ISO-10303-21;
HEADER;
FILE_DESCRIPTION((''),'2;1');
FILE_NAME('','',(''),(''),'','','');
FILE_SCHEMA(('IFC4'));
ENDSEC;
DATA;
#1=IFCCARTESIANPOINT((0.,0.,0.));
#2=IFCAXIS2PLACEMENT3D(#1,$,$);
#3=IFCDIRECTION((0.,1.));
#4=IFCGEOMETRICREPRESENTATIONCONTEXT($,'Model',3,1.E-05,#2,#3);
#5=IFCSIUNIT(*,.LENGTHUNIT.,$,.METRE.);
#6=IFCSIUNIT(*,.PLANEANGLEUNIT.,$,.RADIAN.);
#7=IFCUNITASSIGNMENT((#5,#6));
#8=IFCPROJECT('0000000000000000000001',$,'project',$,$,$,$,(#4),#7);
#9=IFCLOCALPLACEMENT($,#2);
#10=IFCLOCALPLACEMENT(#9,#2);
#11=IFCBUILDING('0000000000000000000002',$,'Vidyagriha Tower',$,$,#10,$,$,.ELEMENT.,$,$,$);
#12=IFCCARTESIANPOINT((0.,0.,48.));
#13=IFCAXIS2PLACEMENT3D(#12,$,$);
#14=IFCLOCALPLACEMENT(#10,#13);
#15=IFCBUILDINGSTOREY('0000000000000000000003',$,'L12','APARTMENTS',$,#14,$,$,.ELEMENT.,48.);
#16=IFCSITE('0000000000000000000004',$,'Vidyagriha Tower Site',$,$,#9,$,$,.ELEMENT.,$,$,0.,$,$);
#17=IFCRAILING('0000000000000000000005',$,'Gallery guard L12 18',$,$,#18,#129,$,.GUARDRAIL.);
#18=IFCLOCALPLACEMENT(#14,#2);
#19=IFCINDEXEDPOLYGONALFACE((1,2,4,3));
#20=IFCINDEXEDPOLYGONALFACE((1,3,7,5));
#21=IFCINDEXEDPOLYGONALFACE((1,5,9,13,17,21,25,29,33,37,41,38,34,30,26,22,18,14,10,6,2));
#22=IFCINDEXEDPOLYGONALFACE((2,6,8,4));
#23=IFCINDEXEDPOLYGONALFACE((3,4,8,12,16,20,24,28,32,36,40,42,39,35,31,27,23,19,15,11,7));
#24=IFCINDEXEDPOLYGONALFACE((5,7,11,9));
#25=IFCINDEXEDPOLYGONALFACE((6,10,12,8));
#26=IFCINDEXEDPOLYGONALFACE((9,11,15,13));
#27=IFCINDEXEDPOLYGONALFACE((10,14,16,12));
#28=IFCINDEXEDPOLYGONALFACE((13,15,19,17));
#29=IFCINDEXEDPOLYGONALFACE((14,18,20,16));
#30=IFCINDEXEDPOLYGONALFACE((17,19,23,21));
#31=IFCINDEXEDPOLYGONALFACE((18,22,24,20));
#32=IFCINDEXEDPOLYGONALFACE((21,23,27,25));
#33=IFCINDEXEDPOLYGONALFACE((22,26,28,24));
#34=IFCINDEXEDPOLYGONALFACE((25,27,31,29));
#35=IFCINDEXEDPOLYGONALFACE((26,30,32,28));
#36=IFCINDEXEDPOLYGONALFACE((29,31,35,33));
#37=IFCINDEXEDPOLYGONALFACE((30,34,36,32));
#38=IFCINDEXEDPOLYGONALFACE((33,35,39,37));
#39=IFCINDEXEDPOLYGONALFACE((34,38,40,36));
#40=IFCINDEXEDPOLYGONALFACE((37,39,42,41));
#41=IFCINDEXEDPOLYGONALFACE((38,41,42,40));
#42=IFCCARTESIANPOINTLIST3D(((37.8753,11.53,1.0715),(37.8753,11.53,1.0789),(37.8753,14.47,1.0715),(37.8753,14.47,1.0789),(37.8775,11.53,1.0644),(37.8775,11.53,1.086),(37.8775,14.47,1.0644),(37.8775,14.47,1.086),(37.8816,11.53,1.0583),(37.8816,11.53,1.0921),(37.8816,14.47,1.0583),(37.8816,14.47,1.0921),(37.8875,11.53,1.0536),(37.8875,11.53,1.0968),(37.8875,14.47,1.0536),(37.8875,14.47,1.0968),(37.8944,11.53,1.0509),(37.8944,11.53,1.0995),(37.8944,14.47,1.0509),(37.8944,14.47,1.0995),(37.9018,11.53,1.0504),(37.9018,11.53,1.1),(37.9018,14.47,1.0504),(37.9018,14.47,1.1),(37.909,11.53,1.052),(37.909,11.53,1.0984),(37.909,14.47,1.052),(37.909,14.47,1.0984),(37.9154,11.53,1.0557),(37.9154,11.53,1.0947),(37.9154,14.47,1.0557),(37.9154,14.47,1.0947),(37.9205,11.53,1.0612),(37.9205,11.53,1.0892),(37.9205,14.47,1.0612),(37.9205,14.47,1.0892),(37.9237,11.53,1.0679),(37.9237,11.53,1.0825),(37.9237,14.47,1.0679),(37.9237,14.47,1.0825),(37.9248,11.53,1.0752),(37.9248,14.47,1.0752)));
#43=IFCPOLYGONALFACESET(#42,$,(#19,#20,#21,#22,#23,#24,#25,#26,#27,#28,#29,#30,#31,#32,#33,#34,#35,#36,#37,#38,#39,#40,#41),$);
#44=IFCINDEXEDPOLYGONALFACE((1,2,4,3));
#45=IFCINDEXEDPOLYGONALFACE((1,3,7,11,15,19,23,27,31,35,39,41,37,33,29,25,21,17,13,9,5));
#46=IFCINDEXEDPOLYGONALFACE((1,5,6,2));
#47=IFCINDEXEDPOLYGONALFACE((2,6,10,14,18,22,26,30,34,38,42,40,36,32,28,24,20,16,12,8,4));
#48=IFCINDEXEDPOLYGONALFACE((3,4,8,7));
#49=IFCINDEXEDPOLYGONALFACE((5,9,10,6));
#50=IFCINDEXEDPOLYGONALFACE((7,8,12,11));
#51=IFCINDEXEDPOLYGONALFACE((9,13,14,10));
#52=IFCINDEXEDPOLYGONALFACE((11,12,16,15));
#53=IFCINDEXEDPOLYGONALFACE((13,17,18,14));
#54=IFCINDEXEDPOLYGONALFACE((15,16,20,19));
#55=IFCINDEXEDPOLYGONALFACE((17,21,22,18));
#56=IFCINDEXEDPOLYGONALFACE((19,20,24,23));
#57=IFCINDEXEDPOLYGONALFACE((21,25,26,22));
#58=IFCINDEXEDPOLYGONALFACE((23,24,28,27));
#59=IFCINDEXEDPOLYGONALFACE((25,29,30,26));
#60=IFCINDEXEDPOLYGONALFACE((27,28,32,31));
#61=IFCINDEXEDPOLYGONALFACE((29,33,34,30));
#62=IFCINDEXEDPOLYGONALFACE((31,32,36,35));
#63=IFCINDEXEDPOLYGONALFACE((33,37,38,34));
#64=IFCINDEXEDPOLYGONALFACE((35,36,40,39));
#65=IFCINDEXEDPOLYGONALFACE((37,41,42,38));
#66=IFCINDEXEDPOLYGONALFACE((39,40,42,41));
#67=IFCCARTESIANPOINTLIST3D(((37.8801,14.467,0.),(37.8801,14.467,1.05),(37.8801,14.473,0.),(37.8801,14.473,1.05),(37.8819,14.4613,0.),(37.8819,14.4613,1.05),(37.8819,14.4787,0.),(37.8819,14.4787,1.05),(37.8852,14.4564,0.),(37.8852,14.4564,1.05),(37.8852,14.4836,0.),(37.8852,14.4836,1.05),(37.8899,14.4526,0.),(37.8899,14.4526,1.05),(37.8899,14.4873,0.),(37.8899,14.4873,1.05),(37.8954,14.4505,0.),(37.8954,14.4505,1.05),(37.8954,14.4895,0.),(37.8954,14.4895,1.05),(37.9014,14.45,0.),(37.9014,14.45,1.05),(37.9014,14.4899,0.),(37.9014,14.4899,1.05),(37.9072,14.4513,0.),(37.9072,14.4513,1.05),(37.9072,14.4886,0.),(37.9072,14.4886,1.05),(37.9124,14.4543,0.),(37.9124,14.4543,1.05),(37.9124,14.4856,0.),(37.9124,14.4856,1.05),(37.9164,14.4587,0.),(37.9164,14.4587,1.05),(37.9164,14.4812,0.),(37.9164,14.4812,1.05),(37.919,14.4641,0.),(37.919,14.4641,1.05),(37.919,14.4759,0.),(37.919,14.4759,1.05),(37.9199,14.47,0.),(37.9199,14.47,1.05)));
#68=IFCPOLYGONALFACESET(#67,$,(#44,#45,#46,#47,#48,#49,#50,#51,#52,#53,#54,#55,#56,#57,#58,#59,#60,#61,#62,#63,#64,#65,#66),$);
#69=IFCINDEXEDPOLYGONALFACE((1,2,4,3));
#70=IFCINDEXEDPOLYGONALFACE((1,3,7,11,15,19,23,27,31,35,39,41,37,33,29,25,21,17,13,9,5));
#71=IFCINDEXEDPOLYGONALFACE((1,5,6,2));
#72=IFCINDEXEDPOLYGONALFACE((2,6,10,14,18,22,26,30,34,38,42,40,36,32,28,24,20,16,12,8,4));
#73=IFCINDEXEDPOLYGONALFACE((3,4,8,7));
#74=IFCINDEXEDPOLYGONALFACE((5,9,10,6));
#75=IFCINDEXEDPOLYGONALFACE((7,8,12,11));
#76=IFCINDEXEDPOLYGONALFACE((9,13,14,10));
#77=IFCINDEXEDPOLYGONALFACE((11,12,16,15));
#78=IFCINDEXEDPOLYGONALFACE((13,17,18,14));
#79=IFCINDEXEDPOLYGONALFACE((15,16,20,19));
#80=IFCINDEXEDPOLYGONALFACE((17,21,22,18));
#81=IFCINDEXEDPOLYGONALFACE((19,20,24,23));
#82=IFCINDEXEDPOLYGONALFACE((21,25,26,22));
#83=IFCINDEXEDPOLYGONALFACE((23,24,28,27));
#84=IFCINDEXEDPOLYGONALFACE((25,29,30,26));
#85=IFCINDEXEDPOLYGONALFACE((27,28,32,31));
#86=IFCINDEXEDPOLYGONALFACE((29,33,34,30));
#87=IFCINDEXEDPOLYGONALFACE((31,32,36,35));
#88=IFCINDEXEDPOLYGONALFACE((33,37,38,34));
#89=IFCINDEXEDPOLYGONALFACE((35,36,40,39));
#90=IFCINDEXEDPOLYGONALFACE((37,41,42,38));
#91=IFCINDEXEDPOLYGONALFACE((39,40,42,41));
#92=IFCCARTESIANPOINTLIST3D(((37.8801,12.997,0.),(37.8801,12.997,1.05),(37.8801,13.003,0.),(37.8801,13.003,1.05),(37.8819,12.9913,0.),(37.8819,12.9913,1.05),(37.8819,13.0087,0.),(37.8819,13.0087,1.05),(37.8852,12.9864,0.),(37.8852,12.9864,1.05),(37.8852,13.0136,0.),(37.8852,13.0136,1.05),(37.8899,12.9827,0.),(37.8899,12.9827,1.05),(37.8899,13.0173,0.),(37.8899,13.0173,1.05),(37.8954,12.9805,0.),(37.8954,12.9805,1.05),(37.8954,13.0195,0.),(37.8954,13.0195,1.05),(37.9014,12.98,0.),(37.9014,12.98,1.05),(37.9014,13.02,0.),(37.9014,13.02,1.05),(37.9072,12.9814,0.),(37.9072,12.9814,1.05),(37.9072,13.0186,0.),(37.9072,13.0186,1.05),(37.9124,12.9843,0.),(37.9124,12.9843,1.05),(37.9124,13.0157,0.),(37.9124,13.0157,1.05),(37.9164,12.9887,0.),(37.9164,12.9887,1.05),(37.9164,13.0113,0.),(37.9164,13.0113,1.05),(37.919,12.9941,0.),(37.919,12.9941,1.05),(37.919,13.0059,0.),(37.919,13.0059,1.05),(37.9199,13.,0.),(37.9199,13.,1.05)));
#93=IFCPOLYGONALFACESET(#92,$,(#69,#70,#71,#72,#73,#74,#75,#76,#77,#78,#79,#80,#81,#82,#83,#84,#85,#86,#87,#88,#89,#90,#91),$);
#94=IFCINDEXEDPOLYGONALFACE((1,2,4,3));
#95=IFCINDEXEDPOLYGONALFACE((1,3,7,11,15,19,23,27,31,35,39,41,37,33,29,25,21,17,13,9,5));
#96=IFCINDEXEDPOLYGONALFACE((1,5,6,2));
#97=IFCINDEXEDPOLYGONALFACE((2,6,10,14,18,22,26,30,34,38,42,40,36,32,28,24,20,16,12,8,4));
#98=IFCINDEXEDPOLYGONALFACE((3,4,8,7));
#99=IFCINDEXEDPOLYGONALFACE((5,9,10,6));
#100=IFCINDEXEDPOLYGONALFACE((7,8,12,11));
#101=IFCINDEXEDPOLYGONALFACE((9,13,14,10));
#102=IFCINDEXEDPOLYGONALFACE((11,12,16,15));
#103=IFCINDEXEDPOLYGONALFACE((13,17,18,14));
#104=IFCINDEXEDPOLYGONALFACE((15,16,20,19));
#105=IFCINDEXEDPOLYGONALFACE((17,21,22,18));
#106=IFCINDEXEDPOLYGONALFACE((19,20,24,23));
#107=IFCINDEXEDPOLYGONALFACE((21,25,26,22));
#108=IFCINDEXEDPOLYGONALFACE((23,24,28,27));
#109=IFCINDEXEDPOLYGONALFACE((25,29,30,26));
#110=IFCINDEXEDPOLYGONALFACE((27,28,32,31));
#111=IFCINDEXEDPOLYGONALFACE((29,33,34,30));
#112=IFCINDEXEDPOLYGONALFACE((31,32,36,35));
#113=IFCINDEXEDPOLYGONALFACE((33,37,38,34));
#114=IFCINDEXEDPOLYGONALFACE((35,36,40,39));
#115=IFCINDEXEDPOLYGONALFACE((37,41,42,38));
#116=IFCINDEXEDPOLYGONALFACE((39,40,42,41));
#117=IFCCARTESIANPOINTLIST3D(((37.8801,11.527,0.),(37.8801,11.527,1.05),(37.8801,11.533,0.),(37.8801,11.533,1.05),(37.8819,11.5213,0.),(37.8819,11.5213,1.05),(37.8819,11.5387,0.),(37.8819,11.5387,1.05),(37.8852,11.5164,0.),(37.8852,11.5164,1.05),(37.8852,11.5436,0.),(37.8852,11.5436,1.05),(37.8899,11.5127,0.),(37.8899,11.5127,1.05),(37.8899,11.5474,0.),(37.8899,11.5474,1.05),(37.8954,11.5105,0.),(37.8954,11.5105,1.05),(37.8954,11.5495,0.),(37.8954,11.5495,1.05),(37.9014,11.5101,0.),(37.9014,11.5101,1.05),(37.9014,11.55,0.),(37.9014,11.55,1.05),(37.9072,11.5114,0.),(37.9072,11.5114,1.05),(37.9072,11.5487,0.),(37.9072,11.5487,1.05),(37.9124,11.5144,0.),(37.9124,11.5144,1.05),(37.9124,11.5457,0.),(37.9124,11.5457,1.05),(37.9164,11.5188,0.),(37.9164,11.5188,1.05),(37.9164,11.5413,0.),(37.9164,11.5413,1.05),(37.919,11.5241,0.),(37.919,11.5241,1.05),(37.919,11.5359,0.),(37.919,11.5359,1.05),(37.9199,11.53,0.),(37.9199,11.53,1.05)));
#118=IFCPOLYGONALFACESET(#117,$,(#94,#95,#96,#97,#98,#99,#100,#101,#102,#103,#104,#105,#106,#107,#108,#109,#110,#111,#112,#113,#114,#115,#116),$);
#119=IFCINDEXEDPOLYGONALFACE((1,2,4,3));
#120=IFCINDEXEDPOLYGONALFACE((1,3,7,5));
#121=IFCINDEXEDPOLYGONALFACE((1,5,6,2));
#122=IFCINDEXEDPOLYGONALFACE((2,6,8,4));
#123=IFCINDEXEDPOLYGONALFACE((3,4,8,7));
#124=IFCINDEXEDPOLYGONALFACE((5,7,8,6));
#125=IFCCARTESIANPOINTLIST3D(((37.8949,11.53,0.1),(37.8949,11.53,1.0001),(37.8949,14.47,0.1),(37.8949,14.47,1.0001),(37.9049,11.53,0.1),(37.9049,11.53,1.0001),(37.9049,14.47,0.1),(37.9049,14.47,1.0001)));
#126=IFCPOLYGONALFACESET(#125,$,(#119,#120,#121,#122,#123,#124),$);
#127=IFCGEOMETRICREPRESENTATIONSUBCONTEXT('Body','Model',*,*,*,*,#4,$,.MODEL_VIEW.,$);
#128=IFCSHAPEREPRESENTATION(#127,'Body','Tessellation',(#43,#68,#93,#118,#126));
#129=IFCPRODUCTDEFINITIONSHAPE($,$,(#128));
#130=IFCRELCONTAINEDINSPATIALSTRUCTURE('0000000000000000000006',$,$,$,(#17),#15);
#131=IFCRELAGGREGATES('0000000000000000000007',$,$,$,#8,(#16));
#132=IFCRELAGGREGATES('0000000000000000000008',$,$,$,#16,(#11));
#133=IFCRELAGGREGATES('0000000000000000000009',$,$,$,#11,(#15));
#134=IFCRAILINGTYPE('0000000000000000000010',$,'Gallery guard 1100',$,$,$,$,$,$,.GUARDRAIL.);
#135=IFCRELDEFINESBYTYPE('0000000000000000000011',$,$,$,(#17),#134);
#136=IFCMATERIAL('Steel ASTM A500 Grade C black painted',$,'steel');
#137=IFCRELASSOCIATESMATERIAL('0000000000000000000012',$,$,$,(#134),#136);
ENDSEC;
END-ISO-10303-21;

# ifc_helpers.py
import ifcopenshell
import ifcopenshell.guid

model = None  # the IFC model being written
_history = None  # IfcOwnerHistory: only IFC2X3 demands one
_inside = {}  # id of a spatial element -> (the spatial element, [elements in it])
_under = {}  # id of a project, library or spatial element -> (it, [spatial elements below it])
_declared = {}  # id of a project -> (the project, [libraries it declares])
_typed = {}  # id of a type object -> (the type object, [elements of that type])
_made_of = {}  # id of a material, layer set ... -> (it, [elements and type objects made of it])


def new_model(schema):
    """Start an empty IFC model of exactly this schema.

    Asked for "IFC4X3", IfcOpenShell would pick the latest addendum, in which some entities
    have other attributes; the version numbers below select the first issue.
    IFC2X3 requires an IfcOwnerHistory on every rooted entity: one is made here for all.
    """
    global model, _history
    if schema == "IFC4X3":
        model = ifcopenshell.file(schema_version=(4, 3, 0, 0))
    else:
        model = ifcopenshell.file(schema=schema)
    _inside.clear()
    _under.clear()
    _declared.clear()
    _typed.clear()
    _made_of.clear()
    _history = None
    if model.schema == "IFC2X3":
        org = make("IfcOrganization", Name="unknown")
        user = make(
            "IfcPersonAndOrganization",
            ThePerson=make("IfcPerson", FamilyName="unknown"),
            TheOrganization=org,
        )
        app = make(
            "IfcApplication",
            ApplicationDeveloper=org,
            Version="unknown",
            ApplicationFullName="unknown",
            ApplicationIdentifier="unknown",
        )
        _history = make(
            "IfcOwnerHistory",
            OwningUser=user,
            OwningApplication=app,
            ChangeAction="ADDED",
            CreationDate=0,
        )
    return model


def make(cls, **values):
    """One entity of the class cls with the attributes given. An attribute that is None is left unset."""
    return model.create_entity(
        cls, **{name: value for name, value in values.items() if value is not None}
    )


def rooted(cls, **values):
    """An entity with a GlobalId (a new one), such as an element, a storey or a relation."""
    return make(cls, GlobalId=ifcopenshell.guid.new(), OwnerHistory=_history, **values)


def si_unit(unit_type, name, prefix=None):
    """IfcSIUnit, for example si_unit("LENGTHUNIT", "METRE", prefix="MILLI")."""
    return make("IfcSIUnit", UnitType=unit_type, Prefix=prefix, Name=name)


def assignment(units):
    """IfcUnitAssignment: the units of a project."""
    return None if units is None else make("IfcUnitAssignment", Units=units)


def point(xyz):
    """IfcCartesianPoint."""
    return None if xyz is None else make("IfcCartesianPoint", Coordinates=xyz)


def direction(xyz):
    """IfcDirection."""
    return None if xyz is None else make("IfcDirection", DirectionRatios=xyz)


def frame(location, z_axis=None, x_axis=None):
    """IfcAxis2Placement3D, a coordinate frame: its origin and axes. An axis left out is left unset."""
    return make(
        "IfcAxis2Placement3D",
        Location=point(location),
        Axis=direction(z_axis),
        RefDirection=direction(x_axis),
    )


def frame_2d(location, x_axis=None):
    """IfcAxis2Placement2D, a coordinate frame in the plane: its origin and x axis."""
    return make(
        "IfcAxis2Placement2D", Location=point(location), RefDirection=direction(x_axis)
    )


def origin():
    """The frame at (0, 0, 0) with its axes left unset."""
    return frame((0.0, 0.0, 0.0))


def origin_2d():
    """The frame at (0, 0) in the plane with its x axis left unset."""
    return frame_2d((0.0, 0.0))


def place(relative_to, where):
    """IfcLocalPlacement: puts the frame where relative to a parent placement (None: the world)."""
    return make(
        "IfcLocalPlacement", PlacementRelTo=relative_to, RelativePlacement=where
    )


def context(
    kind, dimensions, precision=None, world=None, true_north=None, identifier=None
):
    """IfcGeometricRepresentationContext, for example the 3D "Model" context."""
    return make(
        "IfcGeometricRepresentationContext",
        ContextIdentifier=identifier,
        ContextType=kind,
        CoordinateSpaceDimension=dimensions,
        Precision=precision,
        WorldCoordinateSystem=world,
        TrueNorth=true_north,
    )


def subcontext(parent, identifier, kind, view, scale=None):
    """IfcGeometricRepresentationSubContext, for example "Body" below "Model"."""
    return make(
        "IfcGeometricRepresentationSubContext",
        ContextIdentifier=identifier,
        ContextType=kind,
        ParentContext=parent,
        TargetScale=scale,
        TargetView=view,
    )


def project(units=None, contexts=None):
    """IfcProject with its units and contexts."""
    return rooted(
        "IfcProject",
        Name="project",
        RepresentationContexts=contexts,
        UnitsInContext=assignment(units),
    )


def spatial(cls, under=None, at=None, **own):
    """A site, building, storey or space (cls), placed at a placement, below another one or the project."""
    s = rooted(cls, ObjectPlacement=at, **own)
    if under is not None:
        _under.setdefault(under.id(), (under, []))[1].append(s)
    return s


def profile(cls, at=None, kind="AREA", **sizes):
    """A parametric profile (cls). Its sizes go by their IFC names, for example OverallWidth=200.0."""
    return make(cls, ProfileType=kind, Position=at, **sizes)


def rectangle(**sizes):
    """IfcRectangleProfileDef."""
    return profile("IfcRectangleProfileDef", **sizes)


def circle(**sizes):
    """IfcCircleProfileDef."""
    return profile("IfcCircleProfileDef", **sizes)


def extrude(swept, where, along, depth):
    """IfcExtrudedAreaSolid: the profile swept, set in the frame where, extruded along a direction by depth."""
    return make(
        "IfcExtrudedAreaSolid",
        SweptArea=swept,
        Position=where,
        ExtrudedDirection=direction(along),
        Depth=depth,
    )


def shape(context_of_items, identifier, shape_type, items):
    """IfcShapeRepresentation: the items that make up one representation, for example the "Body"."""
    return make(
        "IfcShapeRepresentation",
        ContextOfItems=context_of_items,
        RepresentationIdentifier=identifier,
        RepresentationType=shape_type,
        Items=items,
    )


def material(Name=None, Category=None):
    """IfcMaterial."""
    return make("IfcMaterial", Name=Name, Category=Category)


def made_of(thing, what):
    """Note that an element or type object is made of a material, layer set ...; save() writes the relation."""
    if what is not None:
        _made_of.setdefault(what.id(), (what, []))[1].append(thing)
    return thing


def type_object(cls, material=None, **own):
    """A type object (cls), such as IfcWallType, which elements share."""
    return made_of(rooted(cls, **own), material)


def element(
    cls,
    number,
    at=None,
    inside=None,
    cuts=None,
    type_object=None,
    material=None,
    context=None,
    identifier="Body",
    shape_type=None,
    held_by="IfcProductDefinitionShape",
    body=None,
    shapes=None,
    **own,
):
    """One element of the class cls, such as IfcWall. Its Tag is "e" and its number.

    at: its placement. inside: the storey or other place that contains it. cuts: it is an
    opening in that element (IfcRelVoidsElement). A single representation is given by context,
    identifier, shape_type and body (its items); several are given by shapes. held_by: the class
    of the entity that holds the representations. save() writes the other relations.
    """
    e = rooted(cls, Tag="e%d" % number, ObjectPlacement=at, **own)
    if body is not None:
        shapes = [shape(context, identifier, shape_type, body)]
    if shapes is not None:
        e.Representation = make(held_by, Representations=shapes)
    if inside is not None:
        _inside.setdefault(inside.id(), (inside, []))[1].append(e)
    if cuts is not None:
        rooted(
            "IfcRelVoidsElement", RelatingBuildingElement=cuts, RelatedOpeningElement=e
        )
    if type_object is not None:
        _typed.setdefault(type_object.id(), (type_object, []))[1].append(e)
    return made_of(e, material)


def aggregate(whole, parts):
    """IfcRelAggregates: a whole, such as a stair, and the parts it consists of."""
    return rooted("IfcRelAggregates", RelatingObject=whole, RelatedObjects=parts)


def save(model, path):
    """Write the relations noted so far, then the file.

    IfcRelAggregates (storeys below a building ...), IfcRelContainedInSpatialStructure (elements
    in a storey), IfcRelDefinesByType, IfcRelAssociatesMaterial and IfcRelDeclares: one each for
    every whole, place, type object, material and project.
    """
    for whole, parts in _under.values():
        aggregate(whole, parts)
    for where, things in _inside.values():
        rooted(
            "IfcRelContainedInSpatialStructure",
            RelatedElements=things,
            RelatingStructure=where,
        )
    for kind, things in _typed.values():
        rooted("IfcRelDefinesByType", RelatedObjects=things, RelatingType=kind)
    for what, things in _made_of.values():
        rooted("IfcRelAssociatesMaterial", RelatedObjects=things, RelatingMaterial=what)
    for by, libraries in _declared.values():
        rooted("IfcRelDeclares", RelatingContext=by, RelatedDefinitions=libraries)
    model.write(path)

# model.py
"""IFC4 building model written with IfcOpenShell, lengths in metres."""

from ifc_helpers import new_model, si_unit, direction, frame, origin, origin_2d, place, context, subcontext, project, spatial, rectangle, circle, extrude, material, type_object, element, save


model = new_model("IFC4")

# Units and contexts
model_context = context("Model", 3, precision=1e-05, world=origin(), true_north=direction((0.0, 1.0)))
body_context = subcontext(model_context, "Body", "Model", "MODEL_VIEW")
ifc_project = project(units=[si_unit("LENGTHUNIT", "METRE"), si_unit("PLANEANGLEUNIT", "RADIAN")], contexts=[model_context])

# Site, building, storey
site_placement = place(None, origin())
site = spatial("IfcSite", under=ifc_project, at=site_placement, Name="Vidyagriha Tower Site", CompositionType="ELEMENT", RefElevation=0.0)
building_placement = place(site_placement, origin())
building = spatial("IfcBuilding", under=site, at=building_placement, Name="Vidyagriha Tower", CompositionType="ELEMENT")
storey_placement = place(building_placement, frame((0.0, 0.0, 48.0)))
storey = spatial("IfcBuildingStorey", under=building, at=storey_placement, Name="L12", Description="APARTMENTS", CompositionType="ELEMENT", Elevation=48.0)

# Railing
ifc_material_1 = material(Name="Steel ASTM A500 Grade C black painted", Category="steel")
railing_type = type_object("IfcRailingType", Name="Gallery guard 1100", PredefinedType="GUARDRAIL", material=ifc_material_1)
railing_1_placement = place(storey_placement, frame((37.8999, 14.47, 0.0)))
element("IfcRailing", 1, at=railing_1_placement, inside=storey, type_object=railing_type, Name="Gallery guard L12 18", PredefinedType="GUARDRAIL", context=body_context, shape_type="SweptSolid", body=[
    extrude(circle(Radius=0.0249, at=origin_2d()), frame((0.0, 0.0, 1.0752), z_axis=(0.0, -1.0, 0.0), x_axis=(1.0, 0.0, 0.0)), (0.0, 0.0, 1.0), 2.9399),
    extrude(circle(Radius=0.02, at=origin_2d()), origin(), (0.0, 0.0, 1.0), 1.05),
    extrude(circle(Radius=0.02, at=origin_2d()), frame((0.0, -1.47, 0.0)), (0.0, 0.0, 1.0), 1.05),
    extrude(circle(Radius=0.02, at=origin_2d()), frame((0.0, -2.9399, 0.0)), (0.0, 0.0, 1.0), 1.05),
    extrude(rectangle(XDim=0.01, YDim=0.9001, at=origin_2d()), frame((0.0, 0.0, 0.55), z_axis=(0.0, -1.0, 0.0), x_axis=(1.0, 0.0, 0.0)), (0.0, 0.0, 1.0), 2.9399),
])

save(model, "model.ifc")
